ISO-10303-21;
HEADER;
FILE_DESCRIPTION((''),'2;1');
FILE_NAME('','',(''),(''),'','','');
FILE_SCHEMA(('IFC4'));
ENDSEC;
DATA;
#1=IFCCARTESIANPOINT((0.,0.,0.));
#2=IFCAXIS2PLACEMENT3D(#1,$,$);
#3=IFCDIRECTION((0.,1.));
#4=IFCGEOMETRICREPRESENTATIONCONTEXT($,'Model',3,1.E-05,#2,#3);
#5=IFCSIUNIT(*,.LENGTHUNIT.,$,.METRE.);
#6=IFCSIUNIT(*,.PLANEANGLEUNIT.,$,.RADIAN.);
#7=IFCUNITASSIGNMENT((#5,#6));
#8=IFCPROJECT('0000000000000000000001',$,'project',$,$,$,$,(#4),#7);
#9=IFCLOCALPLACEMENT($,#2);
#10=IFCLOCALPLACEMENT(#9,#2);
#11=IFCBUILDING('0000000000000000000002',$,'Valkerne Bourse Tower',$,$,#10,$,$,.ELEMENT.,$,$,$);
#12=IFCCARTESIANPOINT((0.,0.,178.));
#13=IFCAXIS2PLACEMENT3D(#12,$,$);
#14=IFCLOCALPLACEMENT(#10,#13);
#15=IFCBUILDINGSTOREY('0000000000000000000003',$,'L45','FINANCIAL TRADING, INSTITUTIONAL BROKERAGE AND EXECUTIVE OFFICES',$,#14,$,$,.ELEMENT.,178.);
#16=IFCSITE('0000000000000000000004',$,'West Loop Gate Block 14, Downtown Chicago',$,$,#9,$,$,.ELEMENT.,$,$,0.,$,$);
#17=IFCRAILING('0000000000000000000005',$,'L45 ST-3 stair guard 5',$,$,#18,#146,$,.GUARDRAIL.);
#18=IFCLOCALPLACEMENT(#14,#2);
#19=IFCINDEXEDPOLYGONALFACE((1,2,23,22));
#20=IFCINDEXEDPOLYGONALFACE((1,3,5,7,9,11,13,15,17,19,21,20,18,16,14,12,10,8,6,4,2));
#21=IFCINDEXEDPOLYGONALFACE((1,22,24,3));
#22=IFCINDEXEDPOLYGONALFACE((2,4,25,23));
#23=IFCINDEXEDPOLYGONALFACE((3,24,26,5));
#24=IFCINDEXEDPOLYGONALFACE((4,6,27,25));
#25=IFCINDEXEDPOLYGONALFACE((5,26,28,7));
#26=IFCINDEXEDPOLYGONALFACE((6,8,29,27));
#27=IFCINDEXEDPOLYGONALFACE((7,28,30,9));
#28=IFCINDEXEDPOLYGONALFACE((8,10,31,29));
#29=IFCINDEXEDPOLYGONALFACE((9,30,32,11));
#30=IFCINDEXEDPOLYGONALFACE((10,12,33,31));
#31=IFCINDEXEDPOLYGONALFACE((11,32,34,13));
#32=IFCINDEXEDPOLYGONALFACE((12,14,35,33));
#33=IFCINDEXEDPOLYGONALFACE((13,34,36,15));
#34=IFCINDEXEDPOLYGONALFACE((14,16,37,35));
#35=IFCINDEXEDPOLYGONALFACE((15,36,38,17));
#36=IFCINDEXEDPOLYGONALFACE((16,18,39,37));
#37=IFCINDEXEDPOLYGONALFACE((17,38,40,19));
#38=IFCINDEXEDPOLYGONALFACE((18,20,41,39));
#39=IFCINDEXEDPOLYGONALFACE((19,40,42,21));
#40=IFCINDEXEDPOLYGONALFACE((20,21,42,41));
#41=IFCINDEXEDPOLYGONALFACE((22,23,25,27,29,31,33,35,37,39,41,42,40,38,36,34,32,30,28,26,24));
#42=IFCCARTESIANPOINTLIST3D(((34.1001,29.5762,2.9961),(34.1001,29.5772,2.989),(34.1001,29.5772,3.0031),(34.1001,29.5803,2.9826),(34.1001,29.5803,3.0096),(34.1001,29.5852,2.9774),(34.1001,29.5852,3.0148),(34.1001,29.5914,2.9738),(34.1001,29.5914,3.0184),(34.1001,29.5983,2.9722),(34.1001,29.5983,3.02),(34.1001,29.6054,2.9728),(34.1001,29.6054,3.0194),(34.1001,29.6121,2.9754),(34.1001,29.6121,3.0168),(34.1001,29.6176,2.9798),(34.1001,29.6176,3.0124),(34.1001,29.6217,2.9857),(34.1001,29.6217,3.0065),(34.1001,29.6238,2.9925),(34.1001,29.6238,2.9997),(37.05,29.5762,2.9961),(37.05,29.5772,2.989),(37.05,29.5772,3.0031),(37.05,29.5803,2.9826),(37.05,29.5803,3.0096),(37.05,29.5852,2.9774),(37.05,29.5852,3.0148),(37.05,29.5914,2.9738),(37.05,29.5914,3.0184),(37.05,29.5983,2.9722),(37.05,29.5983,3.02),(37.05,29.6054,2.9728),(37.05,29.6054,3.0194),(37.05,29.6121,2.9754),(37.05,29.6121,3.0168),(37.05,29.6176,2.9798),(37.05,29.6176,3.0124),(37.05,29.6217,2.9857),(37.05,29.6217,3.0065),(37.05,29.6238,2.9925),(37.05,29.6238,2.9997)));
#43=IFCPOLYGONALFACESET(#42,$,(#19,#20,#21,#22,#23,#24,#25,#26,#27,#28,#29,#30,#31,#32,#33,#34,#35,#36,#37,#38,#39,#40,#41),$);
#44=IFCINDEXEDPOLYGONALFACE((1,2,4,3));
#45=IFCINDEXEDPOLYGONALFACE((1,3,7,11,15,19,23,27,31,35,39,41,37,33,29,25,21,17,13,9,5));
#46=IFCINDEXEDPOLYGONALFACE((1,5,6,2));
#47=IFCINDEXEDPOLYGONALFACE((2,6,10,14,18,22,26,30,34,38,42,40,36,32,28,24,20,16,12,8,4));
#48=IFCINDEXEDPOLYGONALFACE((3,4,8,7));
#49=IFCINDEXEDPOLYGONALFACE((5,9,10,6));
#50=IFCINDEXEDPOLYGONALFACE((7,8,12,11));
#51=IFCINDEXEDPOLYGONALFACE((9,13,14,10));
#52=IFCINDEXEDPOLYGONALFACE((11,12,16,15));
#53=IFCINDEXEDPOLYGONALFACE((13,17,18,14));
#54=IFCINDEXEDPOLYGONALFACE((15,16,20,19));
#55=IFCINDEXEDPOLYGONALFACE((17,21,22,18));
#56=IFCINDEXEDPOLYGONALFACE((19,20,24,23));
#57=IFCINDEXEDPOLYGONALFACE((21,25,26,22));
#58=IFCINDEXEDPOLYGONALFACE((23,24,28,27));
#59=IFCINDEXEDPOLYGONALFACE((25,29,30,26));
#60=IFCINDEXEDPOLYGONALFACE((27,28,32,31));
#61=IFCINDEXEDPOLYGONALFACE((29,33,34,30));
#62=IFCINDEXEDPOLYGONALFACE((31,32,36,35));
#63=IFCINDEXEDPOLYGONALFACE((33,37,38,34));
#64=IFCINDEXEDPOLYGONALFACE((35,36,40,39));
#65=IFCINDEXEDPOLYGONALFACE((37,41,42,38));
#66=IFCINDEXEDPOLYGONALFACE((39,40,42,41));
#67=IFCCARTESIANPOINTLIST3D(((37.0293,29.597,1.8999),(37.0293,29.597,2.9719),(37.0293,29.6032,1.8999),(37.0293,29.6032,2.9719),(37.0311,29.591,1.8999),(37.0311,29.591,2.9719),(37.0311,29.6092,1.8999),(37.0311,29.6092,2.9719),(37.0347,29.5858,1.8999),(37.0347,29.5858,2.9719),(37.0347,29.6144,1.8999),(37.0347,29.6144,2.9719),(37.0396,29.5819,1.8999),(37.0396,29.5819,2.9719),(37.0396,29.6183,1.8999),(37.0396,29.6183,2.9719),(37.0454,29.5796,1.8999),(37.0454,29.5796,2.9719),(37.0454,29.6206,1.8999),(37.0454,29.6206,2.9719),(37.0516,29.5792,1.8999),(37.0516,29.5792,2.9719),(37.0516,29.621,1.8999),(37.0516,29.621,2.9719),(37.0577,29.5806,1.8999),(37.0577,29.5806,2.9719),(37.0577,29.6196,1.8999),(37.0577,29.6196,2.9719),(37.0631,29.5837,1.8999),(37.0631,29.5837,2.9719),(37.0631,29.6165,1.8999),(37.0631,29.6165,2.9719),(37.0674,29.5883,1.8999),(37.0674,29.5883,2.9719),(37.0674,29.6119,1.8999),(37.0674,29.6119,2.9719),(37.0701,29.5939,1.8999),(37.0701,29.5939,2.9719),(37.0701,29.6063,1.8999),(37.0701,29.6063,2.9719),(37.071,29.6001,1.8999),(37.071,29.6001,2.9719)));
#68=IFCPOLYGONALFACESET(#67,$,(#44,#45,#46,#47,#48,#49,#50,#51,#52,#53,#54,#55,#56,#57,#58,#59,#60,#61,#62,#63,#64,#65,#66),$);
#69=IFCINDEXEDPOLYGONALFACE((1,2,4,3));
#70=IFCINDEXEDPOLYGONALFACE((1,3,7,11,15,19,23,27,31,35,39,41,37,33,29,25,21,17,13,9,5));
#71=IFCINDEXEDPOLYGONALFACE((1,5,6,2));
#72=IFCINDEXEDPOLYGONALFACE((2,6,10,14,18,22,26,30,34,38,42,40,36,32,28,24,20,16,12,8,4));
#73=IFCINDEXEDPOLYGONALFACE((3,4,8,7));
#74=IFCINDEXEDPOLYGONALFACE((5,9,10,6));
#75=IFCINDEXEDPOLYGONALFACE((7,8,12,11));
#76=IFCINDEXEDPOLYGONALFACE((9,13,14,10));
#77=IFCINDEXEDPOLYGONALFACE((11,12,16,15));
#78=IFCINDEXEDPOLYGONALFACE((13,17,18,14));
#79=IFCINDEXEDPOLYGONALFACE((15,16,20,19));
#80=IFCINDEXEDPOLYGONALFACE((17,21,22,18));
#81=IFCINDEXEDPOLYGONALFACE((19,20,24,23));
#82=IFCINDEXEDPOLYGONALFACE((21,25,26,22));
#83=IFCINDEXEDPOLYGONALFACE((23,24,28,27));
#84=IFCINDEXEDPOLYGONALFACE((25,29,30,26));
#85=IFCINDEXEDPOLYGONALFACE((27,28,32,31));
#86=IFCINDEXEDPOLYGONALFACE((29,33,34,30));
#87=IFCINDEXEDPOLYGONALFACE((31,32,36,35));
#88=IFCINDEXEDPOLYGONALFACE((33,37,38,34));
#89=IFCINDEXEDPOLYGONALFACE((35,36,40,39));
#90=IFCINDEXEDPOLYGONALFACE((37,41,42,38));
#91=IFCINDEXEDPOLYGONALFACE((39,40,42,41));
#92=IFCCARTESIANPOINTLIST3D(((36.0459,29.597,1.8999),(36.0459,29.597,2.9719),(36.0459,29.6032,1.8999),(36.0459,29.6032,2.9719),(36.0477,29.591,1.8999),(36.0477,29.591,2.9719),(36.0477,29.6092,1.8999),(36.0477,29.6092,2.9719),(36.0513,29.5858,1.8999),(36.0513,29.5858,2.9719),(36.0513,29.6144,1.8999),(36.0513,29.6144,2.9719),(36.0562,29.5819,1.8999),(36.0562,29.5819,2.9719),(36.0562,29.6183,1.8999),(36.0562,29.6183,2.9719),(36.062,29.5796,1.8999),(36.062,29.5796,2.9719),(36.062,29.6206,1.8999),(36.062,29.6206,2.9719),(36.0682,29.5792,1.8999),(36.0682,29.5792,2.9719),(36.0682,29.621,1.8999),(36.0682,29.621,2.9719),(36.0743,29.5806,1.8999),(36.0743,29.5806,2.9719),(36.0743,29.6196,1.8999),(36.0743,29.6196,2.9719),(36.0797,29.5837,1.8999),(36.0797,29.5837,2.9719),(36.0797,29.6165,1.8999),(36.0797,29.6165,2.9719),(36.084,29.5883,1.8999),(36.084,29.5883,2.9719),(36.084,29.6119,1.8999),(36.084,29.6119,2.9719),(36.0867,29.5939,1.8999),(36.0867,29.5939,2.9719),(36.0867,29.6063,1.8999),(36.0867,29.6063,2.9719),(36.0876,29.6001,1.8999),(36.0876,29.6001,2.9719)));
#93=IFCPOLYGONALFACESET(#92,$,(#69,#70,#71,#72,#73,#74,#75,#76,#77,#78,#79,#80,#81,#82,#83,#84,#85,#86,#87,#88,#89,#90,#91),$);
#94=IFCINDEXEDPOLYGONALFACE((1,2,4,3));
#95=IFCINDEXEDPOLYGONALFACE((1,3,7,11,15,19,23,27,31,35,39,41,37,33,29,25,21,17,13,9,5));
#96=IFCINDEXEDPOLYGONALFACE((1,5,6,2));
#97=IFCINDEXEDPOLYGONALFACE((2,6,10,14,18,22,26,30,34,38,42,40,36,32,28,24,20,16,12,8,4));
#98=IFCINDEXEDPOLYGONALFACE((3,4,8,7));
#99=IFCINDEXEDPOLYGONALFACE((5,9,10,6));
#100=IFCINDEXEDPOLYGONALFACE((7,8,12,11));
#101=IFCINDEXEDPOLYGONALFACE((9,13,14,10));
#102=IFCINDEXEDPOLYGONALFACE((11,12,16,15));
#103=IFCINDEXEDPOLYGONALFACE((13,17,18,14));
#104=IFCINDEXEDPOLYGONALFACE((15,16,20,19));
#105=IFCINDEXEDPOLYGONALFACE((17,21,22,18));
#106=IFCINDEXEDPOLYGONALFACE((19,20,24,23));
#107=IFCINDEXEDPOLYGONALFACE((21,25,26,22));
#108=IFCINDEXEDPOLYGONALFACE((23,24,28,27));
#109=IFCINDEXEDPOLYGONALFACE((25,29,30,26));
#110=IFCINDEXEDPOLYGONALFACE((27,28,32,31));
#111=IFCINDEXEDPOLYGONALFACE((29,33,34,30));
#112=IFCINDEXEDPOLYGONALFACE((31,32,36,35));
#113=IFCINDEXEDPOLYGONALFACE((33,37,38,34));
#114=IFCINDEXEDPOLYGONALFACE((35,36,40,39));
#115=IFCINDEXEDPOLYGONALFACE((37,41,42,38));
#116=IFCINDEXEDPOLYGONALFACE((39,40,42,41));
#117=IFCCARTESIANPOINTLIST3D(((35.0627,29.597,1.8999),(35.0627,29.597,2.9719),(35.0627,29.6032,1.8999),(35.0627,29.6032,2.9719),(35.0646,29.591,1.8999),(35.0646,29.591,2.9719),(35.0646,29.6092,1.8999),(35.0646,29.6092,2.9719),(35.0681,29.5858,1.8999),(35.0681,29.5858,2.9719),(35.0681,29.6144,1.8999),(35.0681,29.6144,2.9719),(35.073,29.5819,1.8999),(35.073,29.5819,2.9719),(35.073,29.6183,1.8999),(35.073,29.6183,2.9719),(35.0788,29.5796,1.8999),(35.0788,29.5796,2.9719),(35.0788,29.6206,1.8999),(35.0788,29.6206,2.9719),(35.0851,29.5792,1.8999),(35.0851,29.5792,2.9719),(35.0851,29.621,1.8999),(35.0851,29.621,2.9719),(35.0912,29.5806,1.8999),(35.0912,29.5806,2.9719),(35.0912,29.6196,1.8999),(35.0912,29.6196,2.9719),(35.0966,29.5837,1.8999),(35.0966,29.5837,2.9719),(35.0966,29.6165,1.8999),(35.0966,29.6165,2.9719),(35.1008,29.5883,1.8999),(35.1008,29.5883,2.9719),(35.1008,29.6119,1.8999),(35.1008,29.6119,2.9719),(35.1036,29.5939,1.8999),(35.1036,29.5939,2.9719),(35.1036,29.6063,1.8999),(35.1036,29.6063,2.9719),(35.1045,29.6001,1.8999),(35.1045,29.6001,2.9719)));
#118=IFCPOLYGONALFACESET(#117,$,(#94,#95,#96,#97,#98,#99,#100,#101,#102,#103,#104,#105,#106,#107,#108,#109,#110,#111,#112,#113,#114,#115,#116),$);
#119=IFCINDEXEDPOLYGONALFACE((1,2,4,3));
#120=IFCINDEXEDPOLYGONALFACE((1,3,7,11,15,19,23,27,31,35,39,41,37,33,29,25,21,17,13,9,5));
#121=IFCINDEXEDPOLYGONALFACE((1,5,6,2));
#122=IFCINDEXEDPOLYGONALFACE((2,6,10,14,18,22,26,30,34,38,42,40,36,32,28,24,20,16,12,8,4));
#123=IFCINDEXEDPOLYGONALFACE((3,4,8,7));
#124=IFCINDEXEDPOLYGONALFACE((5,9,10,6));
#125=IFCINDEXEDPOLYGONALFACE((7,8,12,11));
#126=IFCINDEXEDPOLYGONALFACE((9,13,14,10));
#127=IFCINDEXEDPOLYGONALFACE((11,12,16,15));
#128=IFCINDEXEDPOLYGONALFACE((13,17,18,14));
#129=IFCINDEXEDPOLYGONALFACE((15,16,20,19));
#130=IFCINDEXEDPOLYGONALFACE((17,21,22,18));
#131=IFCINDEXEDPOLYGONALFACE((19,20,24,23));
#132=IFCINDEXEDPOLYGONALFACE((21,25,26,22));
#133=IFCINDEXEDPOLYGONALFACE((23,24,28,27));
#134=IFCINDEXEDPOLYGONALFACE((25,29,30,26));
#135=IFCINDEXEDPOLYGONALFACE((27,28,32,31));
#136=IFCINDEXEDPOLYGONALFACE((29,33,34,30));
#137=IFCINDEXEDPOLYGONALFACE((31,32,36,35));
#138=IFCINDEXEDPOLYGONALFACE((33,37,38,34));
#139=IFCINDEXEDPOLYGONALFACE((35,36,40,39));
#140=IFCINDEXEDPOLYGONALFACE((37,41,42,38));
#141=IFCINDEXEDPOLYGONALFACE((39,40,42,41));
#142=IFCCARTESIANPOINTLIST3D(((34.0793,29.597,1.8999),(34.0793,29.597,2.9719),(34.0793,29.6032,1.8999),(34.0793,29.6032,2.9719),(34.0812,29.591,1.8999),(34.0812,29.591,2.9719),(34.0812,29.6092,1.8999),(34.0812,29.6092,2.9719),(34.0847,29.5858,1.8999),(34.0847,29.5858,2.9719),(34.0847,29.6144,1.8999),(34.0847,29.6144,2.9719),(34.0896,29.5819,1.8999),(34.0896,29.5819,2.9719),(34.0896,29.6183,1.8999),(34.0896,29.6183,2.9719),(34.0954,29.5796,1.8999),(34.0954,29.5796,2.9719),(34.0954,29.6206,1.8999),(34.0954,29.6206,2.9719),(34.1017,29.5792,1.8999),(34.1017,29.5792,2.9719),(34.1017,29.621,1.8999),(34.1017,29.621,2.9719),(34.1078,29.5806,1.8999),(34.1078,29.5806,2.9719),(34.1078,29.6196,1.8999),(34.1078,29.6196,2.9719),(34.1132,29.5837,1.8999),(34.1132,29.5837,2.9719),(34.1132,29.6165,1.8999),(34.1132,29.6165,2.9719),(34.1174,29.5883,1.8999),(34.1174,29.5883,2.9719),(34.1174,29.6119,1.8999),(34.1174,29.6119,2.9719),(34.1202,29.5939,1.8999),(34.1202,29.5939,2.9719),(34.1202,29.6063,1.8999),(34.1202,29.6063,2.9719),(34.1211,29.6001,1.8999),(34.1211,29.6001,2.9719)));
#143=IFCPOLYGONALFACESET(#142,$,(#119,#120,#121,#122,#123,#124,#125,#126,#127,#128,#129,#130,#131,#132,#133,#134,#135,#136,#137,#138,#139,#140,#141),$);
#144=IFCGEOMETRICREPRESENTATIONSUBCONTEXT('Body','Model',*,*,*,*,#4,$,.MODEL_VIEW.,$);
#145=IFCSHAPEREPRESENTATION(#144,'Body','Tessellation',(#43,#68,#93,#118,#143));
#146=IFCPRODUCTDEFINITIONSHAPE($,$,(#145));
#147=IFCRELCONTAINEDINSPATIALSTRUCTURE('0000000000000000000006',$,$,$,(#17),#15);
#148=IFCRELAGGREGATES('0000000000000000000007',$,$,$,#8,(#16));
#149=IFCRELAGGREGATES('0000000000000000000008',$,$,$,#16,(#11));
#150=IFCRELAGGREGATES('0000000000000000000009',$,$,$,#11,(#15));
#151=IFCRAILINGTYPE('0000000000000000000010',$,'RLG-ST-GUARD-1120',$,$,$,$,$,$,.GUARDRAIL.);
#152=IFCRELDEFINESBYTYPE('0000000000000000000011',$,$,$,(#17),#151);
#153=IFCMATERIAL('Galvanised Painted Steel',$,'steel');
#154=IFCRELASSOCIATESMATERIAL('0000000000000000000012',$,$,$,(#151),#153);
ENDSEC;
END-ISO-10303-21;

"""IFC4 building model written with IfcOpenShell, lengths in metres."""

from ifc_helpers import new_model, si_unit, direction, frame, origin, origin_2d, place, context, subcontext, project, spatial, circle, extrude, material, type_object, element, save


model = new_model("IFC4")

# Units and contexts
model_context = context("Model", 3, precision=1e-05, world=origin(), true_north=direction((0.0, 1.0)))
body_context = subcontext(model_context, "Body", "Model", "MODEL_VIEW")
ifc_project = project(units=[si_unit("LENGTHUNIT", "METRE"), si_unit("PLANEANGLEUNIT", "RADIAN")], contexts=[model_context])

# Site, building, storey
site_placement = place(None, origin())
site = spatial("IfcSite", under=ifc_project, at=site_placement, Name="West Loop Gate Block 14, Downtown Chicago", CompositionType="ELEMENT", RefElevation=0.0)
building_placement = place(site_placement, origin())
building = spatial("IfcBuilding", under=site, at=building_placement, Name="Valkerne Bourse Tower", CompositionType="ELEMENT")
storey_placement = place(building_placement, frame((0.0, 0.0, 178.0)))
storey = spatial("IfcBuildingStorey", under=building, at=storey_placement, Name="L45", Description="FINANCIAL TRADING, INSTITUTIONAL BROKERAGE AND EXECUTIVE OFFICES", CompositionType="ELEMENT", Elevation=178.0)

# Railing
ifc_material_1 = material(Name="Galvanised Painted Steel", Category="steel")
railing_type_1 = type_object("IfcRailingType", Name="RLG-ST-GUARD-1120", PredefinedType="GUARDRAIL", material=ifc_material_1)
railing_1_placement = place(storey_placement, frame((37.05, 29.6001, 1.8999)))
element("IfcRailing", 1, at=railing_1_placement, inside=storey, type_object=railing_type_1, Name="L45 ST-3 stair guard 5", PredefinedType="GUARDRAIL", context=body_context, shape_type="SweptSolid", body=[
    extrude(circle(Radius=0.0239, at=origin_2d()), frame((0.0, 0.0, 1.0962), z_axis=(-1.0, 0.0, 0.0), x_axis=(0.0, -1.0, 0.0)), (0.0, 0.0, 1.0), 2.95),
    extrude(circle(Radius=0.021, at=origin_2d()), origin(), (0.0, 0.0, 1.0), 1.072),
    extrude(circle(Radius=0.021, at=origin_2d()), frame((-0.9834, 0.0, 0.0)), (0.0, 0.0, 1.0), 1.072),
    extrude(circle(Radius=0.021, at=origin_2d()), frame((-1.9666, 0.0, 0.0)), (0.0, 0.0, 1.0), 1.072),
    extrude(circle(Radius=0.021, at=origin_2d()), frame((-2.95, 0.0, 0.0)), (0.0, 0.0, 1.0), 1.072),
])

save(model, "model.ifc")
